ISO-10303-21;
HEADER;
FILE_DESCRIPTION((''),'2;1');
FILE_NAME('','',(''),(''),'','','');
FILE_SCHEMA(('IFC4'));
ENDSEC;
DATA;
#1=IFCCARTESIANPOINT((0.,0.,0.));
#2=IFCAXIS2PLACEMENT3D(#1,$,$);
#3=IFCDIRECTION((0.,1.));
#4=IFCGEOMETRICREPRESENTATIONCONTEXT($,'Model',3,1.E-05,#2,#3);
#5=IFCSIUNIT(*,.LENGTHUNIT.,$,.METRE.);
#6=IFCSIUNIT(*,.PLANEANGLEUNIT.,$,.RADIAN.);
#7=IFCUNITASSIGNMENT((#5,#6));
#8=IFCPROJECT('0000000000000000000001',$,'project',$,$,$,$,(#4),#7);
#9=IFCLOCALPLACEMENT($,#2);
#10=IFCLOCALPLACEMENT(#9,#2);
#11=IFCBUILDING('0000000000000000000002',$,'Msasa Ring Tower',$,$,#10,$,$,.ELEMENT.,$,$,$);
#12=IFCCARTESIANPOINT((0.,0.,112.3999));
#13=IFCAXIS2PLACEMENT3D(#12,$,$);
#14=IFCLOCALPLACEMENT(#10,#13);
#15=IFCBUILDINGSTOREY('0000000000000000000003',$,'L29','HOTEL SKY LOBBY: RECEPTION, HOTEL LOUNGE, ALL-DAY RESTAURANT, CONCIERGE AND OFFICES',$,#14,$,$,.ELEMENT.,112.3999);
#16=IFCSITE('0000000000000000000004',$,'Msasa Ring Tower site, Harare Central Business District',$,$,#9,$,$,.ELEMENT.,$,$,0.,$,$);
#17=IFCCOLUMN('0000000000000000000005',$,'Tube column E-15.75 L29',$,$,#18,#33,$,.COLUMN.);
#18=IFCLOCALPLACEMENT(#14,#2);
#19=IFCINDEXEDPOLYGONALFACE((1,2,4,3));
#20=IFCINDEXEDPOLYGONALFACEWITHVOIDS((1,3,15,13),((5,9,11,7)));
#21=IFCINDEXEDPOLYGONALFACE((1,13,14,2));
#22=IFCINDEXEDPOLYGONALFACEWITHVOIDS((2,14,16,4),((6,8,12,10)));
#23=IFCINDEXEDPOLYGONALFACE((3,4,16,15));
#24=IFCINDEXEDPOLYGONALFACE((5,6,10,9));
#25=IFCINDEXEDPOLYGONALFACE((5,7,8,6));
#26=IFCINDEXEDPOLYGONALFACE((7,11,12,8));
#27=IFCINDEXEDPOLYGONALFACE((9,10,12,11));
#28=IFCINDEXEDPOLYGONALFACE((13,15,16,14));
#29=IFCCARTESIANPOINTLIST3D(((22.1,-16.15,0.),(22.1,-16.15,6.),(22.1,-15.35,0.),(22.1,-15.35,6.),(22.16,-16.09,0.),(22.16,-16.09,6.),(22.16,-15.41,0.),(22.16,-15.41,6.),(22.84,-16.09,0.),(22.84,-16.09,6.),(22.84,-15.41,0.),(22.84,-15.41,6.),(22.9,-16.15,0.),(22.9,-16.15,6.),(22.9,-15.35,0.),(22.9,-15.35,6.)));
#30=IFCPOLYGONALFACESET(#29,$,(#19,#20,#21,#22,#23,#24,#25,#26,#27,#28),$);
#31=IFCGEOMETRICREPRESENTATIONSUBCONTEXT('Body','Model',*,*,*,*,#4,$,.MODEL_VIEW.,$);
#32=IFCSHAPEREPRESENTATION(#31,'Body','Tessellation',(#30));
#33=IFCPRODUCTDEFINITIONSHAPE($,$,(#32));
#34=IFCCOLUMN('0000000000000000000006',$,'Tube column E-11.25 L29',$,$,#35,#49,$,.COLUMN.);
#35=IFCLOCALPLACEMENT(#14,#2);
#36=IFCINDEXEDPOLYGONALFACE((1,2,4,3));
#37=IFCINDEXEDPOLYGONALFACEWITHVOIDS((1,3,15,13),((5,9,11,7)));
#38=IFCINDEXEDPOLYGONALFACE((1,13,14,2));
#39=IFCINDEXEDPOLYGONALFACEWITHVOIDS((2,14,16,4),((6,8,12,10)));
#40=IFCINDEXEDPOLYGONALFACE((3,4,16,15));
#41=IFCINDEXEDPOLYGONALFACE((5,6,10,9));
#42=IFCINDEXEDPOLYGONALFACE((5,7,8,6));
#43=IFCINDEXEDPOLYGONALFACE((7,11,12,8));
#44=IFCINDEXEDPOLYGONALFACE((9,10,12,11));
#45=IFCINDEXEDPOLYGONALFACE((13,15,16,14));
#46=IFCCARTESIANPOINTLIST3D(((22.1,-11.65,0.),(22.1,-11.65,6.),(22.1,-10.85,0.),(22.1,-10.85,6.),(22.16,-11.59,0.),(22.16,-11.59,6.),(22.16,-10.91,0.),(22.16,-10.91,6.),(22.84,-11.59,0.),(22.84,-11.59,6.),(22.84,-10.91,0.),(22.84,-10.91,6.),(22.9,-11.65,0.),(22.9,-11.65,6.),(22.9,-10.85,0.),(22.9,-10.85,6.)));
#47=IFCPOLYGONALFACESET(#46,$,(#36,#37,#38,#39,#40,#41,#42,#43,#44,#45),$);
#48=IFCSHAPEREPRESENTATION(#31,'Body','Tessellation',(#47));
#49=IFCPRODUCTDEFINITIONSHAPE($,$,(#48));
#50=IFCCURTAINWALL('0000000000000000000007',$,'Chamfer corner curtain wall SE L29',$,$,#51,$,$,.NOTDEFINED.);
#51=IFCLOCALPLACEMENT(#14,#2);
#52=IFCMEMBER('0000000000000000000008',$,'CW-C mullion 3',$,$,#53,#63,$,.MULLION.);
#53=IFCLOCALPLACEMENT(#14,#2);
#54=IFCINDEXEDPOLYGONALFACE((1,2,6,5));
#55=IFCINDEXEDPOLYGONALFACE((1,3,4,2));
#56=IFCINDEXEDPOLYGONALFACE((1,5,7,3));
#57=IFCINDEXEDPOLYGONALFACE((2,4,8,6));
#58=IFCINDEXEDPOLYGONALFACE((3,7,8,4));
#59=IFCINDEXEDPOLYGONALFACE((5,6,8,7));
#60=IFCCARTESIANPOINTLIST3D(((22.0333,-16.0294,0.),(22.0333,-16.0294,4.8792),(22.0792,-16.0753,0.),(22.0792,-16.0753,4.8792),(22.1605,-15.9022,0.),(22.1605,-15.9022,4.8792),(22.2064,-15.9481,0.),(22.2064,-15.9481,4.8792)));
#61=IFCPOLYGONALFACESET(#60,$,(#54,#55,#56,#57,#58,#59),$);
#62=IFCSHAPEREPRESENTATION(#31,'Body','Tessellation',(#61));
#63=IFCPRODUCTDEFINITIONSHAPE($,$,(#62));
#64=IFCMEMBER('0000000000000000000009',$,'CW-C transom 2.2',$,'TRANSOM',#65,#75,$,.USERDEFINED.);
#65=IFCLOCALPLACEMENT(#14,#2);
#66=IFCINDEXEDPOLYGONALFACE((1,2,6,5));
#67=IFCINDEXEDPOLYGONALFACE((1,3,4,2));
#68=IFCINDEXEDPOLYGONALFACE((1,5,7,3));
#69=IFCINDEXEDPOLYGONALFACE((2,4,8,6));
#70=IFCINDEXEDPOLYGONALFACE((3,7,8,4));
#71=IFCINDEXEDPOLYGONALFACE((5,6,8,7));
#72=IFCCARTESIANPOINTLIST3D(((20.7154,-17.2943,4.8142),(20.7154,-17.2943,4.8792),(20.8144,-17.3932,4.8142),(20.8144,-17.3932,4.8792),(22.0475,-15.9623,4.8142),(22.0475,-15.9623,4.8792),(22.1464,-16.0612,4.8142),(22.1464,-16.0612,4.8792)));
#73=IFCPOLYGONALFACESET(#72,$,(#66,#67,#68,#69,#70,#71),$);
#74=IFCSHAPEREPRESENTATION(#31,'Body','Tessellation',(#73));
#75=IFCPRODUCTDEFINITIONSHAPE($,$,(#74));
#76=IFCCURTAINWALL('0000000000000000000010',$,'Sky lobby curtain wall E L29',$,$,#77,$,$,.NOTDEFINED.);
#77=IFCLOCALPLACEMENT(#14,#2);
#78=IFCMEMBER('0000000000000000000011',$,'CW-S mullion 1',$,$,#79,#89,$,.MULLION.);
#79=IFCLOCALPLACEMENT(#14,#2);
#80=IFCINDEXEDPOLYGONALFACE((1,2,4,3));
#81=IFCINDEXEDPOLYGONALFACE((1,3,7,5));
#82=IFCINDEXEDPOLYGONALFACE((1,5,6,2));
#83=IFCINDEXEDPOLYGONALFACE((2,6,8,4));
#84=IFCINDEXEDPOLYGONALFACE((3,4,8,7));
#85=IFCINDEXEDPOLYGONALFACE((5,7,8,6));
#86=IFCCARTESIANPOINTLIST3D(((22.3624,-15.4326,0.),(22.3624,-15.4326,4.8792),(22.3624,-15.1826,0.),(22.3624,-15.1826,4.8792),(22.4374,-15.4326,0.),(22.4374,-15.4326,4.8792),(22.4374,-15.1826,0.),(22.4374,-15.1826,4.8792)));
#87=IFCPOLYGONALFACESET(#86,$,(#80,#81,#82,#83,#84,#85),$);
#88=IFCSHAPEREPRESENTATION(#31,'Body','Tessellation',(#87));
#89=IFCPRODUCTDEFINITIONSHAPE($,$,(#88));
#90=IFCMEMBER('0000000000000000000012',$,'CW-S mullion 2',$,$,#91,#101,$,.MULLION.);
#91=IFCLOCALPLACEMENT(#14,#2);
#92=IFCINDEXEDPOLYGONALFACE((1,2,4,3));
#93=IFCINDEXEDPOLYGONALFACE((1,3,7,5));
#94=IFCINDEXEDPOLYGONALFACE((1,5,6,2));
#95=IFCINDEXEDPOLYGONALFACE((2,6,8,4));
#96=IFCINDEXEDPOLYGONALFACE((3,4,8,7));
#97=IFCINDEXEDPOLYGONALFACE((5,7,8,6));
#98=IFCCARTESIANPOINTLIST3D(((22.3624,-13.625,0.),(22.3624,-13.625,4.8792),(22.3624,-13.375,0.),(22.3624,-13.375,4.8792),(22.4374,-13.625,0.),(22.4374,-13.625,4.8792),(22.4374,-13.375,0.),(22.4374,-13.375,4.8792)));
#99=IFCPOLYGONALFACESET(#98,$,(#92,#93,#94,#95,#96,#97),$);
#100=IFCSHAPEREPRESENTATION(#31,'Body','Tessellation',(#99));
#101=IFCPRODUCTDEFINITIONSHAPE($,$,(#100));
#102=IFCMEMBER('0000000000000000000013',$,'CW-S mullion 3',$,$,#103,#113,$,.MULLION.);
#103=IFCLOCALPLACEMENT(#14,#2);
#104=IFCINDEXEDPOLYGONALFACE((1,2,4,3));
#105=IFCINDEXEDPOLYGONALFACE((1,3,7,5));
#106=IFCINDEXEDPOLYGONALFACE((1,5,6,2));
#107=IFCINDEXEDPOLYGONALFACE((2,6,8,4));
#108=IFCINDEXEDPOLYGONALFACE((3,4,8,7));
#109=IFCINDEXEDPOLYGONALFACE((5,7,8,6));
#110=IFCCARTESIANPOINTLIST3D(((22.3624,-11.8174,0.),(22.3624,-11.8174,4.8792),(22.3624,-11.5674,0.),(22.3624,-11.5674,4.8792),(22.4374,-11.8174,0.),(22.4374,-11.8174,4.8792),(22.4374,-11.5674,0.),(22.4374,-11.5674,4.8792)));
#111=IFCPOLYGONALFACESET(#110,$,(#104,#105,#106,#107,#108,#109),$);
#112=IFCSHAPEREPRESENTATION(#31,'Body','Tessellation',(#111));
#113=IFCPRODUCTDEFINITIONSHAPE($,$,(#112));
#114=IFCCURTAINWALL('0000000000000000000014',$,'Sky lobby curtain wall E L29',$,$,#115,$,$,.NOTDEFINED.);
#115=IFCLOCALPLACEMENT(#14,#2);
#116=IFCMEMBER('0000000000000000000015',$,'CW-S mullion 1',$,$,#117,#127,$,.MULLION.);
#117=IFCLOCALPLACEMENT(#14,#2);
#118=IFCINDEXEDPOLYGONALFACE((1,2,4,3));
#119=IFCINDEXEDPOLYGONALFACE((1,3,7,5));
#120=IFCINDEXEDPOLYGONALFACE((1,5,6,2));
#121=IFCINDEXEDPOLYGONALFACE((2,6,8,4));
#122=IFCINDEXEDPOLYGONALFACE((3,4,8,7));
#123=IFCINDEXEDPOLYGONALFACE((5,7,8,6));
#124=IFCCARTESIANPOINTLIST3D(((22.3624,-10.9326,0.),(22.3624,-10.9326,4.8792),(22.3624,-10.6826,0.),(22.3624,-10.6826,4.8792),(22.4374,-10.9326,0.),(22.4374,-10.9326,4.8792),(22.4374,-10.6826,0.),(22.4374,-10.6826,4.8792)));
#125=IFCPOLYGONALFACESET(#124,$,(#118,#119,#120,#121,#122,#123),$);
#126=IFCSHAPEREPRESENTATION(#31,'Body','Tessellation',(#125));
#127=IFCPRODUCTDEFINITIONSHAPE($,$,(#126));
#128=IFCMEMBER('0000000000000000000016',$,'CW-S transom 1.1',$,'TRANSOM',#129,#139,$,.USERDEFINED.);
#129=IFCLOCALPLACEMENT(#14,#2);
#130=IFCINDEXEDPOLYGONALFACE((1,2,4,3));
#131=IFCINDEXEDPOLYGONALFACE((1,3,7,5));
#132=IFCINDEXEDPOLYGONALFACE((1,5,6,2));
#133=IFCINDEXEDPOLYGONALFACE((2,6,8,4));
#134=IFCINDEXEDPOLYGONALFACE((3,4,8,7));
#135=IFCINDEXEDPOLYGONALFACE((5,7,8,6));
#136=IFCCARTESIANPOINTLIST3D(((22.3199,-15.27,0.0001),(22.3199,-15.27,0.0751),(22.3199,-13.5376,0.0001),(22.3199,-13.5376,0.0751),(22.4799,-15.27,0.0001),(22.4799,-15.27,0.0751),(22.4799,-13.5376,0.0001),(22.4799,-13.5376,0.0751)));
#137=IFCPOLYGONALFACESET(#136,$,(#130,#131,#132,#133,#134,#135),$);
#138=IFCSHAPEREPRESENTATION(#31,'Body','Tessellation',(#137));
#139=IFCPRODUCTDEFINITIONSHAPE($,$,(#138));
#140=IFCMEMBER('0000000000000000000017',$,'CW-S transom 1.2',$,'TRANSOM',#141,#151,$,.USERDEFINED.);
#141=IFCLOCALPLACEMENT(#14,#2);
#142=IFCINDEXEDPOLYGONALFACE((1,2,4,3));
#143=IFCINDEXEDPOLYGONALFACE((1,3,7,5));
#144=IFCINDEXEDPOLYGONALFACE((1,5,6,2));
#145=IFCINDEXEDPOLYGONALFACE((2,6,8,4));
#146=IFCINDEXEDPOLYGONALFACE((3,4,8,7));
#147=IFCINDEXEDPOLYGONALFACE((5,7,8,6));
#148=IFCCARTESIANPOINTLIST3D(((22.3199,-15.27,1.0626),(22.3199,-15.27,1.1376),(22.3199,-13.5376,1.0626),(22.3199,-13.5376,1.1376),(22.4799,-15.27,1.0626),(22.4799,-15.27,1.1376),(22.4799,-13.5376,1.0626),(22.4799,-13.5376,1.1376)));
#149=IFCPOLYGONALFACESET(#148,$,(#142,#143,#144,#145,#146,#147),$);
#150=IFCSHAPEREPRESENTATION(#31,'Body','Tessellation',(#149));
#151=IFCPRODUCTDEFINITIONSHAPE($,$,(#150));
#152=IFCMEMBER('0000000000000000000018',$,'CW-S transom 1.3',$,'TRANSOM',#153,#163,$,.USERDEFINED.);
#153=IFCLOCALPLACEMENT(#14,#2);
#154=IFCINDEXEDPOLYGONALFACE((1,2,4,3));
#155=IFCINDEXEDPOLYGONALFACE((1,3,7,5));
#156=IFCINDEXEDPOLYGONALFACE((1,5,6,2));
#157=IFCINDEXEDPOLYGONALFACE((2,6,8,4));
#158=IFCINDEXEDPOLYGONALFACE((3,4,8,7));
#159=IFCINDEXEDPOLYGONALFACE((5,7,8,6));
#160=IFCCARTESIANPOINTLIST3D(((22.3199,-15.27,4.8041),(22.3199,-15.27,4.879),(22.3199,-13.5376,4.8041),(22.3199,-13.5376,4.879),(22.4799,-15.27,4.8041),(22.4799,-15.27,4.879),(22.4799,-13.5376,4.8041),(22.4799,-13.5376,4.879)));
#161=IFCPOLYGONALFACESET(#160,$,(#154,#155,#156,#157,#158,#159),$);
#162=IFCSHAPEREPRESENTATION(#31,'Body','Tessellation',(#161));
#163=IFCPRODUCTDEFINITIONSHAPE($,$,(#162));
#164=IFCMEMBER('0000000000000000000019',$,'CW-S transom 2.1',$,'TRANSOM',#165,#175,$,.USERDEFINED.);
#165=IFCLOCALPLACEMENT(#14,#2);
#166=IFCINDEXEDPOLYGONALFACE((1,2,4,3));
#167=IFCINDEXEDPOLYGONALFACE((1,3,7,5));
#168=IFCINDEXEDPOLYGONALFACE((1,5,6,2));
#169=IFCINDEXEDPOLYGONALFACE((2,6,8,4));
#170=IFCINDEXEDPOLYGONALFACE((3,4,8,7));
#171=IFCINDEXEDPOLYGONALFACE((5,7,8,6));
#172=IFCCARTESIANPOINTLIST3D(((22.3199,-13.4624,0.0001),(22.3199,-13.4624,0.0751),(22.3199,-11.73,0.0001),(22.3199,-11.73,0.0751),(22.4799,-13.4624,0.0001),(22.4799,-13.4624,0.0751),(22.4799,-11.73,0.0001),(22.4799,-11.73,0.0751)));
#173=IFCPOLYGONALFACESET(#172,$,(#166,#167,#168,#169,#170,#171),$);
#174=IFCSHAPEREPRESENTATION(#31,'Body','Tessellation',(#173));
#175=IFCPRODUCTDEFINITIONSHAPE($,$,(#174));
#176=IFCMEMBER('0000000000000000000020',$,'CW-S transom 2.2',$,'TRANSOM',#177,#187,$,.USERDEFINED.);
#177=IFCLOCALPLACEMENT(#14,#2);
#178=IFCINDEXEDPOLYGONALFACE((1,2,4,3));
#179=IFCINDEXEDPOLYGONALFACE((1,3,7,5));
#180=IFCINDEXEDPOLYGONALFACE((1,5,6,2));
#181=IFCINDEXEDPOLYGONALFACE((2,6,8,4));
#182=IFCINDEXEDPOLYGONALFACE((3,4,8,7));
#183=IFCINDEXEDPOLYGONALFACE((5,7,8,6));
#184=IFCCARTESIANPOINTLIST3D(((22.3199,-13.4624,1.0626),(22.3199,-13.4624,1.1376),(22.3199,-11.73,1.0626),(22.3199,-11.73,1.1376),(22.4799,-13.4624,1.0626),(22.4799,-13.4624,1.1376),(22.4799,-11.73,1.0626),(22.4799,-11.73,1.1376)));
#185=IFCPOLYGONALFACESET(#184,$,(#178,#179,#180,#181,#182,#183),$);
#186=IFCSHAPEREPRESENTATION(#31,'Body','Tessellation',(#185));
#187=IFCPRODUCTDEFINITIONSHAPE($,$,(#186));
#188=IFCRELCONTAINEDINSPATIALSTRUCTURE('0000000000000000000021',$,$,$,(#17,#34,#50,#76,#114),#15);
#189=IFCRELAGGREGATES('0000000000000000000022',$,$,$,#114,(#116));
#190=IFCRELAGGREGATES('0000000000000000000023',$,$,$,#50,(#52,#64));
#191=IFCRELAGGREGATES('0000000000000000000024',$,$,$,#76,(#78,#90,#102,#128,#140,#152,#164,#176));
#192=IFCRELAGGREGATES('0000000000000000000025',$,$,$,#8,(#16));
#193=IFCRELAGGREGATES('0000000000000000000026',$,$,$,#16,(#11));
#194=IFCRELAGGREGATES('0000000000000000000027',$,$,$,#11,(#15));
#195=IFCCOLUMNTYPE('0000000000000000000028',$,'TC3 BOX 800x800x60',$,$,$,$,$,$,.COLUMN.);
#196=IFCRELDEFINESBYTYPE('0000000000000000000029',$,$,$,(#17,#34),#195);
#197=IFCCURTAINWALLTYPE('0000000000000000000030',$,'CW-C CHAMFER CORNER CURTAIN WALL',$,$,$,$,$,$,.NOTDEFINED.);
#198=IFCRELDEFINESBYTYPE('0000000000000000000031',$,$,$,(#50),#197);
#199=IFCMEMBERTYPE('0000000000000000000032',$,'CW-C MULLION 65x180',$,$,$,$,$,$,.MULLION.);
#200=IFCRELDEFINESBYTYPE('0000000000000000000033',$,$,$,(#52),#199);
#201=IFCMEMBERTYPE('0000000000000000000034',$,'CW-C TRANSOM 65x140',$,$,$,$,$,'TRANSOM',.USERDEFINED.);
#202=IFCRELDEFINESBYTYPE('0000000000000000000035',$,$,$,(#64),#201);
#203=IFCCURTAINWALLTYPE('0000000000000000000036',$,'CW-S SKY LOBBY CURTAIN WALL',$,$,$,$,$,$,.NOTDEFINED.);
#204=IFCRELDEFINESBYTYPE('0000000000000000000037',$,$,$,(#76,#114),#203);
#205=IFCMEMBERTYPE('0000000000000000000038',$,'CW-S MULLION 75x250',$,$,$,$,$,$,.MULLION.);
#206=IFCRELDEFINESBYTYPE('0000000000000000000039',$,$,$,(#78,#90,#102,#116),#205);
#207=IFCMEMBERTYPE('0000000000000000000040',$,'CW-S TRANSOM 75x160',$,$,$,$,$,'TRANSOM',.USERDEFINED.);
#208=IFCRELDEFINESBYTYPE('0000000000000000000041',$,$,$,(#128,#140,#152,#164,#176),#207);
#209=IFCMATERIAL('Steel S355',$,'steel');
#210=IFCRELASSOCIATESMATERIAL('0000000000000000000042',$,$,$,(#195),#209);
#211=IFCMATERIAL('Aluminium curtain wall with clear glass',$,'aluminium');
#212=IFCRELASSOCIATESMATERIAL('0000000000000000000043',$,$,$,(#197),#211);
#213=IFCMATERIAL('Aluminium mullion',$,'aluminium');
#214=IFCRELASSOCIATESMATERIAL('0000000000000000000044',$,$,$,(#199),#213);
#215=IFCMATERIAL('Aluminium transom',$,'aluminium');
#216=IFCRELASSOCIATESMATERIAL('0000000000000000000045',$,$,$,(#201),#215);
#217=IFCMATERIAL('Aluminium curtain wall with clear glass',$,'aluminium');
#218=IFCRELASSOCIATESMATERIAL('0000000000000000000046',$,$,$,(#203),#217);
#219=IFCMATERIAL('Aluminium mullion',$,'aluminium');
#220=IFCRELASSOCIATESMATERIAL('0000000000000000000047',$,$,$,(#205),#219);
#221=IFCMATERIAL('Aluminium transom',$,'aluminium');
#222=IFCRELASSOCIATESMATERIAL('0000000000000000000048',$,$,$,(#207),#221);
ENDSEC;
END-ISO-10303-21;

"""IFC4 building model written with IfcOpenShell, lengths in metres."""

from ifc_helpers import new_model, si_unit, direction, frame, origin, origin_2d, place, context, subcontext, project, spatial, rectangle, hollow_rectangle, extrude, material, material_profile, profile_set, type_object, element, aggregate, save


model = new_model("IFC4")

# Units and contexts
model_context = context("Model", 3, precision=1e-05, world=origin(), true_north=direction((0.0, 1.0)))
body_context = subcontext(model_context, "Body", "Model", "MODEL_VIEW")
ifc_project = project(units=[si_unit("LENGTHUNIT", "METRE"), si_unit("PLANEANGLEUNIT", "RADIAN")], contexts=[model_context])

# Site, building, storey
site_placement = place(None, origin())
site = spatial("IfcSite", under=ifc_project, at=site_placement, Name="Msasa Ring Tower site, Harare Central Business District", CompositionType="ELEMENT", RefElevation=0.0)
building_placement = place(site_placement, origin())
building = spatial("IfcBuilding", under=site, at=building_placement, Name="Msasa Ring Tower", CompositionType="ELEMENT")
storey_placement = place(building_placement, frame((0.0, 0.0, 112.3999)))
storey = spatial("IfcBuildingStorey", under=building, at=storey_placement, Name="L29", Description="HOTEL SKY LOBBY: RECEPTION, HOTEL LOUNGE, ALL-DAY RESTAURANT, CONCIERGE AND OFFICES", CompositionType="ELEMENT", Elevation=112.3999)

# Columns
ifc_material_1 = material(Name="Steel S355", Category="steel")
ifc_material_profile_1 = material_profile(ifc_material_1, hollow_rectangle(XDim=0.8, YDim=0.8, WallThickness=0.0601, at=origin_2d()), Name="BOX 800x800x60")
ifc_profile_set_1 = profile_set([ifc_material_profile_1], Name="Steel S355")
column_type = type_object("IfcColumnType", Name="TC3 BOX 800x800x60", PredefinedType="COLUMN", material=ifc_profile_set_1)
for number, where, z_axis, x_axis, name in (
    (1, (22.5, -15.75, 0.0), (0.0, 0.0, 1.0), (1.0, 0.0, 0.0), "Tube column E-15.75 L29"),
    (2, (22.5, -11.25, 0.0), (0.0, 0.0, 1.0), (1.0, 0.0, 0.0), "Tube column E-11.25 L29"),
):
    element("IfcColumn", number, at=place(storey_placement, frame(where, z_axis=z_axis, x_axis=x_axis)), inside=storey, type_object=column_type, Name=name, PredefinedType="COLUMN", context=body_context, shape_type="SweptSolid", body=[
        extrude(hollow_rectangle(XDim=0.8, YDim=0.8, WallThickness=0.0601, at=origin_2d()), origin(), (0.0, 0.0, 1.0), 6.0),
    ])

# Curtain walls, members
ifc_material_2 = material(Name="Aluminium curtain wall with clear glass", Category="aluminium")
curtain_wall_type_1 = type_object("IfcCurtainWallType", Name="CW-C CHAMFER CORNER CURTAIN WALL", PredefinedType="NOTDEFINED", material=ifc_material_2)
curtain_wall_1_placement = place(storey_placement, origin())
curtain_wall_1 = element("IfcCurtainWall", 3, at=curtain_wall_1_placement, inside=storey, type_object=curtain_wall_type_1, Name="Chamfer corner curtain wall SE L29", PredefinedType="NOTDEFINED")
ifc_material_3 = material(Name="Aluminium mullion", Category="aluminium")
ifc_material_profile_2 = material_profile(ifc_material_3, rectangle(XDim=0.0649, YDim=0.1799, at=origin_2d()), Name="AL 65x180")
ifc_profile_set_2 = profile_set([ifc_material_profile_2], Name="Aluminium mullion")
member_type_1 = type_object("IfcMemberType", Name="CW-C MULLION 65x180", PredefinedType="MULLION", material=ifc_profile_set_2)
member_1_placement = place(storey_placement, frame((22.1199, -15.9888, 0.0), z_axis=(0.0, 0.0, 1.0), x_axis=(-0.707107, 0.707107, 0.0)))
member_1 = element("IfcMember", 4, at=member_1_placement, type_object=member_type_1, Name="CW-C mullion 3", PredefinedType="MULLION", context=body_context, shape_type="SweptSolid", body=[
    extrude(rectangle(XDim=0.0649, YDim=0.1799, at=origin_2d()), origin(), (0.0, 0.0, 1.0), 4.8792),
])
ifc_material_4 = material(Name="Aluminium transom", Category="aluminium")
ifc_material_profile_3 = material_profile(ifc_material_4, rectangle(XDim=0.1399, YDim=0.0649, at=origin_2d()), Name="AL 65x140")
ifc_profile_set_3 = profile_set([ifc_material_profile_3], Name="Aluminium transom")
member_type_2 = type_object("IfcMemberType", Name="CW-C TRANSOM 65x140", ElementType="TRANSOM", PredefinedType="USERDEFINED", material=ifc_profile_set_3)
member_2_placement = place(storey_placement, frame((20.7649, -17.3438, 4.8467), z_axis=(0.707107, 0.707107, 0.0), x_axis=(-0.707107, 0.707107, 0.0)))
member_2 = element("IfcMember", 5, at=member_2_placement, type_object=member_type_2, Name="CW-C transom 2.2", ObjectType="TRANSOM", PredefinedType="USERDEFINED", context=body_context, shape_type="SweptSolid", body=[
    extrude(rectangle(XDim=0.1399, YDim=0.0649, at=origin_2d()), origin(), (0.0, 0.0, 1.0), 1.8838),
])
ifc_material_5 = material(Name="Aluminium curtain wall with clear glass", Category="aluminium")
curtain_wall_type_2 = type_object("IfcCurtainWallType", Name="CW-S SKY LOBBY CURTAIN WALL", PredefinedType="NOTDEFINED", material=ifc_material_5)
curtain_wall_2_placement = place(storey_placement, origin())
curtain_wall_2 = element("IfcCurtainWall", 6, at=curtain_wall_2_placement, inside=storey, type_object=curtain_wall_type_2, Name="Sky lobby curtain wall E L29", PredefinedType="NOTDEFINED")
ifc_material_6 = material(Name="Aluminium mullion", Category="aluminium")
ifc_material_profile_4 = material_profile(ifc_material_6, rectangle(XDim=0.075, YDim=0.25, at=origin_2d()), Name="AL 75x250")
ifc_profile_set_4 = profile_set([ifc_material_profile_4], Name="Aluminium mullion")
member_type_3 = type_object("IfcMemberType", Name="CW-S MULLION 75x250", PredefinedType="MULLION", material=ifc_profile_set_4)
member_3_placement = place(storey_placement, frame((22.3999, -15.3076, 0.0), z_axis=(0.0, 0.0, 1.0), x_axis=(-1.0, 0.0, 0.0)))
member_3 = element("IfcMember", 7, at=member_3_placement, type_object=member_type_3, Name="CW-S mullion 1", PredefinedType="MULLION", context=body_context, shape_type="SweptSolid", body=[
    extrude(rectangle(XDim=0.075, YDim=0.25, at=origin_2d()), origin(), (0.0, 0.0, 1.0), 4.8792),
])
member_4_placement = place(storey_placement, frame((22.3999, -13.5, 0.0), z_axis=(0.0, 0.0, 1.0), x_axis=(-1.0, 0.0, 0.0)))
member_4 = element("IfcMember", 8, at=member_4_placement, type_object=member_type_3, Name="CW-S mullion 2", PredefinedType="MULLION", context=body_context, shape_type="SweptSolid", body=[
    extrude(rectangle(XDim=0.075, YDim=0.25, at=origin_2d()), origin(), (0.0, 0.0, 1.0), 4.8792),
])
member_5_placement = place(storey_placement, frame((22.3999, -11.6924, 0.0), z_axis=(0.0, 0.0, 1.0), x_axis=(-1.0, 0.0, 0.0)))
member_5 = element("IfcMember", 9, at=member_5_placement, type_object=member_type_3, Name="CW-S mullion 3", PredefinedType="MULLION", context=body_context, shape_type="SweptSolid", body=[
    extrude(rectangle(XDim=0.075, YDim=0.25, at=origin_2d()), origin(), (0.0, 0.0, 1.0), 4.8792),
])

# Curtain wall, member
curtain_wall_3_placement = place(storey_placement, origin())
curtain_wall_3 = element("IfcCurtainWall", 10, at=curtain_wall_3_placement, inside=storey, type_object=curtain_wall_type_2, Name="Sky lobby curtain wall E L29", PredefinedType="NOTDEFINED")
member_6_placement = place(storey_placement, frame((22.3999, -10.8076, 0.0), z_axis=(0.0, 0.0, 1.0), x_axis=(-1.0, 0.0, 0.0)))
member_6 = element("IfcMember", 11, at=member_6_placement, type_object=member_type_3, Name="CW-S mullion 1", PredefinedType="MULLION", context=body_context, shape_type="SweptSolid", body=[
    extrude(rectangle(XDim=0.075, YDim=0.25, at=origin_2d()), origin(), (0.0, 0.0, 1.0), 4.8792),
])

# Members
ifc_material_7 = material(Name="Aluminium transom", Category="aluminium")
ifc_material_profile_5 = material_profile(ifc_material_7, rectangle(XDim=0.1599, YDim=0.075, at=origin_2d()), Name="AL 75x160")
ifc_profile_set_5 = profile_set([ifc_material_profile_5], Name="Aluminium transom")
member_type_4 = type_object("IfcMemberType", Name="CW-S TRANSOM 75x160", ElementType="TRANSOM", PredefinedType="USERDEFINED", material=ifc_profile_set_5)
member_7_placement = place(storey_placement, frame((22.3999, -15.27, 0.0376), z_axis=(0.0, 1.0, 0.0), x_axis=(-1.0, 0.0, 0.0)))
member_7 = element("IfcMember", 12, at=member_7_placement, type_object=member_type_4, Name="CW-S transom 1.1", ObjectType="TRANSOM", PredefinedType="USERDEFINED", context=body_context, shape_type="SweptSolid", body=[
    extrude(rectangle(XDim=0.1599, YDim=0.075, at=origin_2d()), origin(), (0.0, 0.0, 1.0), 1.7324),
])
member_8_placement = place(storey_placement, frame((22.3999, -15.27, 1.1001), z_axis=(0.0, 1.0, 0.0), x_axis=(-1.0, 0.0, 0.0)))
member_8 = element("IfcMember", 13, at=member_8_placement, type_object=member_type_4, Name="CW-S transom 1.2", ObjectType="TRANSOM", PredefinedType="USERDEFINED", context=body_context, shape_type="SweptSolid", body=[
    extrude(rectangle(XDim=0.1599, YDim=0.075, at=origin_2d()), origin(), (0.0, 0.0, 1.0), 1.7324),
])
member_9_placement = place(storey_placement, frame((22.3999, -15.27, 4.8416), z_axis=(0.0, 1.0, 0.0), x_axis=(-1.0, 0.0, 0.0)))
member_9 = element("IfcMember", 14, at=member_9_placement, type_object=member_type_4, Name="CW-S transom 1.3", ObjectType="TRANSOM", PredefinedType="USERDEFINED", context=body_context, shape_type="SweptSolid", body=[
    extrude(rectangle(XDim=0.1599, YDim=0.075, at=origin_2d()), origin(), (0.0, 0.0, 1.0), 1.7324),
])
member_10_placement = place(storey_placement, frame((22.3999, -13.4624, 0.0376), z_axis=(0.0, 1.0, 0.0), x_axis=(-1.0, 0.0, 0.0)))
member_10 = element("IfcMember", 15, at=member_10_placement, type_object=member_type_4, Name="CW-S transom 2.1", ObjectType="TRANSOM", PredefinedType="USERDEFINED", context=body_context, shape_type="SweptSolid", body=[
    extrude(rectangle(XDim=0.1599, YDim=0.075, at=origin_2d()), origin(), (0.0, 0.0, 1.0), 1.7324),
])
member_11_placement = place(storey_placement, frame((22.3999, -13.4624, 1.1001), z_axis=(0.0, 1.0, 0.0), x_axis=(-1.0, 0.0, 0.0)))
member_11 = element("IfcMember", 16, at=member_11_placement, type_object=member_type_4, Name="CW-S transom 2.2", ObjectType="TRANSOM", PredefinedType="USERDEFINED", context=body_context, shape_type="SweptSolid", body=[
    extrude(rectangle(XDim=0.1599, YDim=0.075, at=origin_2d()), origin(), (0.0, 0.0, 1.0), 1.7324),
])
aggregate(curtain_wall_3, [member_6])

aggregate(curtain_wall_1, [member_1, member_2])
aggregate(curtain_wall_2, [member_3, member_4, member_5, member_7, member_8, member_9, member_10, member_11])

save(model, "model.ifc")
